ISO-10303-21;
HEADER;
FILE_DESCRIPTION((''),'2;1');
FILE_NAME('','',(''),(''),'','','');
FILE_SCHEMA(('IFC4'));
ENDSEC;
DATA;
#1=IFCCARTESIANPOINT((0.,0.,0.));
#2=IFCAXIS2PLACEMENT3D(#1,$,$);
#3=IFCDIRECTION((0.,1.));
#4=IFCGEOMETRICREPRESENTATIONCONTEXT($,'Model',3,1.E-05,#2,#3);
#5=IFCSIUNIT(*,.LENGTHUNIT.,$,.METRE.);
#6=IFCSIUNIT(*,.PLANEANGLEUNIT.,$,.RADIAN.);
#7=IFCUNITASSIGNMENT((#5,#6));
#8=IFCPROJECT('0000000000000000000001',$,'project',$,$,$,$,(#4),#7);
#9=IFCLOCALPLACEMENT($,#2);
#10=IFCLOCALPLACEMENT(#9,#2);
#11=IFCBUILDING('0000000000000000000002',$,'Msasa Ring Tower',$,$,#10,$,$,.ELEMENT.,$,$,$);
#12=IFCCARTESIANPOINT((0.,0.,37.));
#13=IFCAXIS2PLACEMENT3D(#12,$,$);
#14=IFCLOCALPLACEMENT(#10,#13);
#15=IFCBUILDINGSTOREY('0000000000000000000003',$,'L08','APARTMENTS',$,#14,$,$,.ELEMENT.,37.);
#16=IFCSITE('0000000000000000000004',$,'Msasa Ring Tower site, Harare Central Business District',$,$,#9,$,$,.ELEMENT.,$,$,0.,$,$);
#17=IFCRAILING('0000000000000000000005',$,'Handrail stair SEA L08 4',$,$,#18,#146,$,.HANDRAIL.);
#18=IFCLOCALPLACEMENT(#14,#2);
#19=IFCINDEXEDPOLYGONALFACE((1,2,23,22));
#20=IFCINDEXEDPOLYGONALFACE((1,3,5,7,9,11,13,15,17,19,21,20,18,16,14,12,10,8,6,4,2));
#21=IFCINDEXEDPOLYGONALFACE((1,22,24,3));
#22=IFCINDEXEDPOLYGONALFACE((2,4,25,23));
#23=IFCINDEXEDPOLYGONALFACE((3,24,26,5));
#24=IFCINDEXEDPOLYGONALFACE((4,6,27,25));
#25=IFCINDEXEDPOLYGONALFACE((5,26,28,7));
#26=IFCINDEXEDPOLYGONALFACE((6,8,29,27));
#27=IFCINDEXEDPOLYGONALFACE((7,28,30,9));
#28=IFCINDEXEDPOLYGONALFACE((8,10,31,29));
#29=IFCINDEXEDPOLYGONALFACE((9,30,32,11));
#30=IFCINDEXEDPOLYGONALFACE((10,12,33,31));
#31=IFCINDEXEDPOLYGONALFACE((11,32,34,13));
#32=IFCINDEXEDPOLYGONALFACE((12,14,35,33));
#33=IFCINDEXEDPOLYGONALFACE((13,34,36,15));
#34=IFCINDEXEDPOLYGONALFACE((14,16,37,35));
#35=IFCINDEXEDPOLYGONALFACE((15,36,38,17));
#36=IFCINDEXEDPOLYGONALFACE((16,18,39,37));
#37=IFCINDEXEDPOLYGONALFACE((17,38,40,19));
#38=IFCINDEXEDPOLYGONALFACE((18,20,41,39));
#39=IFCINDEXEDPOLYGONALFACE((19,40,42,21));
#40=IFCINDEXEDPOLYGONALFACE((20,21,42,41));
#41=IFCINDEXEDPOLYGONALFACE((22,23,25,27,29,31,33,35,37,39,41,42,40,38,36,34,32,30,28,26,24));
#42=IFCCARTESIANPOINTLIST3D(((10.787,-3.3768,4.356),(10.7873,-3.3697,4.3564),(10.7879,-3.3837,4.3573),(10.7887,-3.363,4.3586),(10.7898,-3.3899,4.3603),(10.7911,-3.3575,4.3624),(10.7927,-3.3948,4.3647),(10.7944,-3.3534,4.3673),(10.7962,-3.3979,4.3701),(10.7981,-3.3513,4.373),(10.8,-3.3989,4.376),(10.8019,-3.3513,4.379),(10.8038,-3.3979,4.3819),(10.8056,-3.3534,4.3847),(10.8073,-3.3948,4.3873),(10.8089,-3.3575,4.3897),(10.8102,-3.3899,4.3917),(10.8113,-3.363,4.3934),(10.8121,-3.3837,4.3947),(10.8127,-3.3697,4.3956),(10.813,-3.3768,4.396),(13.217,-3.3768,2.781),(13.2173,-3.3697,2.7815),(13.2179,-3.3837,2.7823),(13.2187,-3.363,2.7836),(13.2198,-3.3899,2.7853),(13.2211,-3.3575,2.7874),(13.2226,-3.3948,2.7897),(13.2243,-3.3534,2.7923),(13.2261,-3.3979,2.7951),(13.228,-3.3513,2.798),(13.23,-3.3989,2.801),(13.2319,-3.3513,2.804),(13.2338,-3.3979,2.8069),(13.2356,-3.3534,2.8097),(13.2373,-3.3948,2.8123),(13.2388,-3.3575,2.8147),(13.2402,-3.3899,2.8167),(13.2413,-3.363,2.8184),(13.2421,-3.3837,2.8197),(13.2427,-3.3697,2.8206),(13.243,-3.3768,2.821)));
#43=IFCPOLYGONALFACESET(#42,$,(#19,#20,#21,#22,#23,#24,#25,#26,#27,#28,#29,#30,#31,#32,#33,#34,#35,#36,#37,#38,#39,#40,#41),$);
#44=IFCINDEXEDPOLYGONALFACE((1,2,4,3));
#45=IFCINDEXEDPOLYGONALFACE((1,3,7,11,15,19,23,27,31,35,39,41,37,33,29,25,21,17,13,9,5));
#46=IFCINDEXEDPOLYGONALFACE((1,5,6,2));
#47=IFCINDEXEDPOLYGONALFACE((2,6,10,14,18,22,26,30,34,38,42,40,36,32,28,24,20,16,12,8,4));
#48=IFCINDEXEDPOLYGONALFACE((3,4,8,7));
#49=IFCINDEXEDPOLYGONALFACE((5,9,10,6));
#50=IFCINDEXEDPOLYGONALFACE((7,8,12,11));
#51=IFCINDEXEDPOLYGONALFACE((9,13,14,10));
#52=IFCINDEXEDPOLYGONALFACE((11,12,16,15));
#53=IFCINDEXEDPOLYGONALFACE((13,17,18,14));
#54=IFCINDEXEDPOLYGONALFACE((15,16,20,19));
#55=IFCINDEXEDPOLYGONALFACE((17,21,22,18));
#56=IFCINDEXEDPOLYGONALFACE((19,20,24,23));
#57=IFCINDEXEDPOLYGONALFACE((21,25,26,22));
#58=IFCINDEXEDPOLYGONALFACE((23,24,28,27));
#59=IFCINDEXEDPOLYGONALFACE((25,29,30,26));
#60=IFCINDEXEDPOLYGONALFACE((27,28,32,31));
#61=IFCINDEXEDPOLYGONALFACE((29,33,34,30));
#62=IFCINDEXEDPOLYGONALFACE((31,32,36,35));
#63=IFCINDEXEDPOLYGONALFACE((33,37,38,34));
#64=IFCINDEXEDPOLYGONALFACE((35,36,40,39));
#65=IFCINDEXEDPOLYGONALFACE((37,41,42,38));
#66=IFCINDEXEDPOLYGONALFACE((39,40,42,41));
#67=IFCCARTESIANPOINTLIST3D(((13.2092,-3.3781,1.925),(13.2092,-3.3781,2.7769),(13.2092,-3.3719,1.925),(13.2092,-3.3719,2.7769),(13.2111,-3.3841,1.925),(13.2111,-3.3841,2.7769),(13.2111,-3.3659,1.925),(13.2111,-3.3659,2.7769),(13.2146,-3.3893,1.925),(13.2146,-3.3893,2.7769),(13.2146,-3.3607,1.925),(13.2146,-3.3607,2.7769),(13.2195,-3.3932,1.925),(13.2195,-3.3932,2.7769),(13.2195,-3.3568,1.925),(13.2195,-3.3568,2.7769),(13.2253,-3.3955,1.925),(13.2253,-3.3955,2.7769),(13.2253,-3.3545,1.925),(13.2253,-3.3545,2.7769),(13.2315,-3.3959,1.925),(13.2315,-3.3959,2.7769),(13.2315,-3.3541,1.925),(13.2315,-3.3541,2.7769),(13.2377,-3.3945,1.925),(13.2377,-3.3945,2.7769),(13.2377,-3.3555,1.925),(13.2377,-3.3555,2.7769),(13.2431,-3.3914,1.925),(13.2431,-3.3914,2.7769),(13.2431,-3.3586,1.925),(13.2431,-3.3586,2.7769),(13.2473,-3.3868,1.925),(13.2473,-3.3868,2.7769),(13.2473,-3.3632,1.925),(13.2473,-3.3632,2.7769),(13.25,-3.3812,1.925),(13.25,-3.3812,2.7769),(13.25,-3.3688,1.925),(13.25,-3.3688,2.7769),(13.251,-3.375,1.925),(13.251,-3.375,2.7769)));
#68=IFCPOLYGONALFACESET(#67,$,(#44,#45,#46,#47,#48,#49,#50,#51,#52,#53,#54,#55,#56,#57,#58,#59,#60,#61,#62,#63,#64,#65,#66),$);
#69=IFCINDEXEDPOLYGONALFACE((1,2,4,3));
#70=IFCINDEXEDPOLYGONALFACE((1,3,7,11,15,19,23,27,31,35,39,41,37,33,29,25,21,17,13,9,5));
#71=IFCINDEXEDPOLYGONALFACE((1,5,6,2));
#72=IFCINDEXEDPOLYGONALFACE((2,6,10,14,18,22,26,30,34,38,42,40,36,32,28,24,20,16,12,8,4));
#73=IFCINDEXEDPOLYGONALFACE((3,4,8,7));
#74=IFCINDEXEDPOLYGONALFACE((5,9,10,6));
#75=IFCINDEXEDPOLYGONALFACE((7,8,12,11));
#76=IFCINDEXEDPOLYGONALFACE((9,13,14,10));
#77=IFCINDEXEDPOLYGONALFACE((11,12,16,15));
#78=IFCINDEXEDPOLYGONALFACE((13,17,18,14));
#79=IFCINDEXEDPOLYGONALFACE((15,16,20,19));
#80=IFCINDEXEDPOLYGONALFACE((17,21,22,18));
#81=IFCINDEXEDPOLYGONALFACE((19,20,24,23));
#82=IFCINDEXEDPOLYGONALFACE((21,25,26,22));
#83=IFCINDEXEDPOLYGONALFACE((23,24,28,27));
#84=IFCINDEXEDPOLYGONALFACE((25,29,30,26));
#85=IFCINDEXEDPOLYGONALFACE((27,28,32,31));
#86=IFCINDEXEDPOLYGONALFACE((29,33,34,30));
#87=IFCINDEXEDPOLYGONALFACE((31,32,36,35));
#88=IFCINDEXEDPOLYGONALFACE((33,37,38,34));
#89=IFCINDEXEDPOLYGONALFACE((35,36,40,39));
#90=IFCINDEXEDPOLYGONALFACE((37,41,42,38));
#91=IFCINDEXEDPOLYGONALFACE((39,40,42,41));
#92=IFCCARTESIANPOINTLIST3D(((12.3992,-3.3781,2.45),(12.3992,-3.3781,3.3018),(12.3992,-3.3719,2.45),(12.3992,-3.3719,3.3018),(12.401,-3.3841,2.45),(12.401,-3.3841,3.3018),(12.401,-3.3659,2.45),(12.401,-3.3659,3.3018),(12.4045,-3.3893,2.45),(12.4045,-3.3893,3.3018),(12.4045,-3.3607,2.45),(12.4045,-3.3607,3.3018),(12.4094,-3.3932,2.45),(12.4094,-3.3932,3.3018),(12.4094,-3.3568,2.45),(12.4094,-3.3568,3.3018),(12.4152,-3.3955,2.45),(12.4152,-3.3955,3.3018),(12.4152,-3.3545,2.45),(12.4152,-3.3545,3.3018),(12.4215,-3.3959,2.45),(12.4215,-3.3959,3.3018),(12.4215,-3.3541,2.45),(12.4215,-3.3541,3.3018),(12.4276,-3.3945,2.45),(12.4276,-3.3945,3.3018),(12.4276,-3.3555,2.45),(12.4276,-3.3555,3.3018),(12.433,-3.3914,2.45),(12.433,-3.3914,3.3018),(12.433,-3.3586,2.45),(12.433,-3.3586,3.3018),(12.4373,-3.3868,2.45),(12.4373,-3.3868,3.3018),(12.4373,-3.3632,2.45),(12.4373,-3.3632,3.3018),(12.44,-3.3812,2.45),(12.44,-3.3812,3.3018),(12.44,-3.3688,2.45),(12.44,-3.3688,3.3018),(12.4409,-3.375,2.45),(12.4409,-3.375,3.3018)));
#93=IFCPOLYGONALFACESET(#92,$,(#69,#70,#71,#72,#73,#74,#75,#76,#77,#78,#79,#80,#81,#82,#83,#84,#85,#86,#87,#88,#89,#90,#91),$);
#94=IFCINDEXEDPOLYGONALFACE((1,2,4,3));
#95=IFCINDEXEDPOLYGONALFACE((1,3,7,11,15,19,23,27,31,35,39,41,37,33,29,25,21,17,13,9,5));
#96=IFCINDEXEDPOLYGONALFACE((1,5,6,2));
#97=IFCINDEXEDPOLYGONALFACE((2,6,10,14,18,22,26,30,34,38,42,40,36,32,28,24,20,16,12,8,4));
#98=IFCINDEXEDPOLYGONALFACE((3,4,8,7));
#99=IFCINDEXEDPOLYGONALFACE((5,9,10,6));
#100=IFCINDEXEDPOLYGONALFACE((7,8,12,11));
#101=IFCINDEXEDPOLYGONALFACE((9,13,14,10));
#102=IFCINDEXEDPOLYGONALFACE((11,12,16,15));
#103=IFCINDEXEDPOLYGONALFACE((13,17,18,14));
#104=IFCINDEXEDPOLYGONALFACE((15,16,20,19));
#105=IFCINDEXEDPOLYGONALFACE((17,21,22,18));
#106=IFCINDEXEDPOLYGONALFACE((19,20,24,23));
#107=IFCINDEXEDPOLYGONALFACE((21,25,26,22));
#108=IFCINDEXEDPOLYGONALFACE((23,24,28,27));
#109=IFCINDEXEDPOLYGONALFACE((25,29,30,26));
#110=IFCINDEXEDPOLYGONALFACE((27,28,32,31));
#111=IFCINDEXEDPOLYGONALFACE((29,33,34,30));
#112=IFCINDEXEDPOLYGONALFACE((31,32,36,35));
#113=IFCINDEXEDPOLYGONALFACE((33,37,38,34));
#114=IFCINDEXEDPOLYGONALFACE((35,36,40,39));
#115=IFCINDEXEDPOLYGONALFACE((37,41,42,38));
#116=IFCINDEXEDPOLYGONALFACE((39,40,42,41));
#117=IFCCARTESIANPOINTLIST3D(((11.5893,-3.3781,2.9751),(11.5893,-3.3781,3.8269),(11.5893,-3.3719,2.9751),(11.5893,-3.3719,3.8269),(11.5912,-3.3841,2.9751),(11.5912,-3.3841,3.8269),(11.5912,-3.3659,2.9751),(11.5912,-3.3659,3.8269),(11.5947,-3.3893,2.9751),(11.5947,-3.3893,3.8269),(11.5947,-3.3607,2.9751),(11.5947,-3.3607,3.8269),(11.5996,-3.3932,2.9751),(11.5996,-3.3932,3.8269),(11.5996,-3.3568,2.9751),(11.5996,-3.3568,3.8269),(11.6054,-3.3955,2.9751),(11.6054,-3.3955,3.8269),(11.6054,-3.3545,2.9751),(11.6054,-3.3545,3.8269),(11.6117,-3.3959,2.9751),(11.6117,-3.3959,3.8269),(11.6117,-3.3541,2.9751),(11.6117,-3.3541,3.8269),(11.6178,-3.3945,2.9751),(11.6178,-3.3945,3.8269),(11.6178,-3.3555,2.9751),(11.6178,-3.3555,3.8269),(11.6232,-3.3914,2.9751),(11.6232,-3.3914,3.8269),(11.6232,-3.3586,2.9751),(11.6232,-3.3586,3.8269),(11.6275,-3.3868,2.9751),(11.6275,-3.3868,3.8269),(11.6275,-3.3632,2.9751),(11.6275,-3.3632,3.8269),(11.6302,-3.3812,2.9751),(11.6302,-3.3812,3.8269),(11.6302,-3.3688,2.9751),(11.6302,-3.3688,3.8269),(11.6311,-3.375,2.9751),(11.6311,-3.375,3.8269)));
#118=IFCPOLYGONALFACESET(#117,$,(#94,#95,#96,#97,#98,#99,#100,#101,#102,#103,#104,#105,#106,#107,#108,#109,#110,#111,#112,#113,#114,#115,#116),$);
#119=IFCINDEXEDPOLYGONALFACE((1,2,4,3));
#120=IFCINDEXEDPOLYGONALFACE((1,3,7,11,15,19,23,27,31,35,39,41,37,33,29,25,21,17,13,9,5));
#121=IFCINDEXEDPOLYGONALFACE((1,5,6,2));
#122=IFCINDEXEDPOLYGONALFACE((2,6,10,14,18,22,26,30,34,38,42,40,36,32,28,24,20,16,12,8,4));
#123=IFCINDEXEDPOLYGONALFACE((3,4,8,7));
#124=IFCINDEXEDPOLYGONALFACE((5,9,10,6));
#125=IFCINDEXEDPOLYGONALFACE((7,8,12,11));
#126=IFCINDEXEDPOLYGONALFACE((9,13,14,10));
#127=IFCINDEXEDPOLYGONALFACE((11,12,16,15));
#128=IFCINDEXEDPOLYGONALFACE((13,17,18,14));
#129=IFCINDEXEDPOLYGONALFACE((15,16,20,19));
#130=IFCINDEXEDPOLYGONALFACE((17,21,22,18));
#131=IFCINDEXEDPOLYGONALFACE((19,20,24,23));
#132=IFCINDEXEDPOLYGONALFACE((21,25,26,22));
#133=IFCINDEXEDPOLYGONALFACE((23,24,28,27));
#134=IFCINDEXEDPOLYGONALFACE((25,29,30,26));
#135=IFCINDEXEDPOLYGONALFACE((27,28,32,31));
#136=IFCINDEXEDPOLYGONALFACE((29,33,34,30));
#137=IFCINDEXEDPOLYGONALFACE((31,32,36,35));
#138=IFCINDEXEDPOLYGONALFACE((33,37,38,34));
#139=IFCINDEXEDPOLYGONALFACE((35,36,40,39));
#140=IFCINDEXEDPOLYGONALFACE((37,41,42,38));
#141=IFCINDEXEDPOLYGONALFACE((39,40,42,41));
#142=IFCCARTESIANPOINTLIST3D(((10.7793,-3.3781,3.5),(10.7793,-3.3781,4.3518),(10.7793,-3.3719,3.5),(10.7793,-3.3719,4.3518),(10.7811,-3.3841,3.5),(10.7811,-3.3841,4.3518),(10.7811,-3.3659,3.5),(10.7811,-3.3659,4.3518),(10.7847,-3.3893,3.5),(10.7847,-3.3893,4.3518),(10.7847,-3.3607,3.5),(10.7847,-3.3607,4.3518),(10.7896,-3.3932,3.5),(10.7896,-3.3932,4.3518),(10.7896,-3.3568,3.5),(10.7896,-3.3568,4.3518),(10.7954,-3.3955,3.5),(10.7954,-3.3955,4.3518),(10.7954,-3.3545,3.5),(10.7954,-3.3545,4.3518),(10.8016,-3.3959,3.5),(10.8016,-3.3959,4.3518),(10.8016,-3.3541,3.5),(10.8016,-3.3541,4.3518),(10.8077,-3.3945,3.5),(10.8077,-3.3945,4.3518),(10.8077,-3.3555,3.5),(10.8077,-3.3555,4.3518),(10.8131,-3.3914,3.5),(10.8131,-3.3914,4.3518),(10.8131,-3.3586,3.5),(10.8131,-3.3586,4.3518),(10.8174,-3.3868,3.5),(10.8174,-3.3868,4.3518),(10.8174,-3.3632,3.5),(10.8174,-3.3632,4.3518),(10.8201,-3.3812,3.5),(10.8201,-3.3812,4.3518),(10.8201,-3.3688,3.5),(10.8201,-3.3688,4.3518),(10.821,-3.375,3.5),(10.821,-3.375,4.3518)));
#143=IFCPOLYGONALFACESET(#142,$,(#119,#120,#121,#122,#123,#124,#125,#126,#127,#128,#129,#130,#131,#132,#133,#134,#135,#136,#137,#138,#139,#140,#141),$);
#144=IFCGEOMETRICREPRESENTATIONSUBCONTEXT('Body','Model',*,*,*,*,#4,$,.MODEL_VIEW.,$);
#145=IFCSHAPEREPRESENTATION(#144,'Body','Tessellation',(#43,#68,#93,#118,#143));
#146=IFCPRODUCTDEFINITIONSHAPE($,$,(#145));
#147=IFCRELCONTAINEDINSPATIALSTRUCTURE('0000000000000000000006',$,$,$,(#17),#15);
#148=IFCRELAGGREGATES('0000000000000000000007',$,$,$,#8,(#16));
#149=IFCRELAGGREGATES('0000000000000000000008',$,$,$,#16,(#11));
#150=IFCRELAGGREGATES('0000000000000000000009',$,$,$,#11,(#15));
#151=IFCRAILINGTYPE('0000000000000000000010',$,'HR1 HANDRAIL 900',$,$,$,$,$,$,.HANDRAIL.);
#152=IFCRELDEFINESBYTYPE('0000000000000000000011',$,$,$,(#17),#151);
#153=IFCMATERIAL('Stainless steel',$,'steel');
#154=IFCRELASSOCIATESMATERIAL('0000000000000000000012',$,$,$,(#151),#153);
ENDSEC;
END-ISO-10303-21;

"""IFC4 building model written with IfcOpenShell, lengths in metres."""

from ifc_helpers import new_model, si_unit, direction, frame, origin, origin_2d, place, context, subcontext, project, spatial, circle, extrude, material, type_object, element, save


model = new_model("IFC4")

# Units and contexts
model_context = context("Model", 3, precision=1e-05, world=origin(), true_north=direction((0.0, 1.0)))
body_context = subcontext(model_context, "Body", "Model", "MODEL_VIEW")
ifc_project = project(units=[si_unit("LENGTHUNIT", "METRE"), si_unit("PLANEANGLEUNIT", "RADIAN")], contexts=[model_context])

# Site, building, storey
site_placement = place(None, origin())
site = spatial("IfcSite", under=ifc_project, at=site_placement, Name="Msasa Ring Tower site, Harare Central Business District", CompositionType="ELEMENT", RefElevation=0.0)
building_placement = place(site_placement, origin())
building = spatial("IfcBuilding", under=site, at=building_placement, Name="Msasa Ring Tower", CompositionType="ELEMENT")
storey_placement = place(building_placement, frame((0.0, 0.0, 37.0)))
storey = spatial("IfcBuildingStorey", under=building, at=storey_placement, Name="L08", Description="APARTMENTS", CompositionType="ELEMENT", Elevation=37.0)

# Railing
ifc_material_1 = material(Name="Stainless steel", Category="steel")
railing_type = type_object("IfcRailingType", Name="HR1 HANDRAIL 900", PredefinedType="HANDRAIL", material=ifc_material_1)
for number, where, name in (
    (1, (13.23, -3.375, 1.925), "Handrail stair SEA L08 4"),
):
    element("IfcRailing", number, at=place(storey_placement, frame(where)), inside=storey, type_object=railing_type, Name=name, PredefinedType="HANDRAIL", context=body_context, shape_type="SweptSolid", body=[
        extrude(circle(Radius=0.0239, at=origin_2d()), frame((0.0, 0.0, 0.876), z_axis=(-0.839154, 0.0, 0.543894), x_axis=(0.0, -1.0, 0.0)), (0.0, 0.0, 1.0), 2.8958),
        extrude(circle(Radius=0.021, at=origin_2d()), origin(), (0.0, 0.0, 1.0), 0.8518),
        extrude(circle(Radius=0.021, at=origin_2d()), frame((-0.8101, 0.0, 0.5249)), (0.0, 0.0, 1.0), 0.8518),
        extrude(circle(Radius=0.021, at=origin_2d()), frame((-1.6199, 0.0, 1.05)), (0.0, 0.0, 1.0), 0.8518),
        extrude(circle(Radius=0.021, at=origin_2d()), frame((-2.4299, 0.0, 1.575)), (0.0, 0.0, 1.0), 0.8518),
    ])

save(model, "model.ifc")
